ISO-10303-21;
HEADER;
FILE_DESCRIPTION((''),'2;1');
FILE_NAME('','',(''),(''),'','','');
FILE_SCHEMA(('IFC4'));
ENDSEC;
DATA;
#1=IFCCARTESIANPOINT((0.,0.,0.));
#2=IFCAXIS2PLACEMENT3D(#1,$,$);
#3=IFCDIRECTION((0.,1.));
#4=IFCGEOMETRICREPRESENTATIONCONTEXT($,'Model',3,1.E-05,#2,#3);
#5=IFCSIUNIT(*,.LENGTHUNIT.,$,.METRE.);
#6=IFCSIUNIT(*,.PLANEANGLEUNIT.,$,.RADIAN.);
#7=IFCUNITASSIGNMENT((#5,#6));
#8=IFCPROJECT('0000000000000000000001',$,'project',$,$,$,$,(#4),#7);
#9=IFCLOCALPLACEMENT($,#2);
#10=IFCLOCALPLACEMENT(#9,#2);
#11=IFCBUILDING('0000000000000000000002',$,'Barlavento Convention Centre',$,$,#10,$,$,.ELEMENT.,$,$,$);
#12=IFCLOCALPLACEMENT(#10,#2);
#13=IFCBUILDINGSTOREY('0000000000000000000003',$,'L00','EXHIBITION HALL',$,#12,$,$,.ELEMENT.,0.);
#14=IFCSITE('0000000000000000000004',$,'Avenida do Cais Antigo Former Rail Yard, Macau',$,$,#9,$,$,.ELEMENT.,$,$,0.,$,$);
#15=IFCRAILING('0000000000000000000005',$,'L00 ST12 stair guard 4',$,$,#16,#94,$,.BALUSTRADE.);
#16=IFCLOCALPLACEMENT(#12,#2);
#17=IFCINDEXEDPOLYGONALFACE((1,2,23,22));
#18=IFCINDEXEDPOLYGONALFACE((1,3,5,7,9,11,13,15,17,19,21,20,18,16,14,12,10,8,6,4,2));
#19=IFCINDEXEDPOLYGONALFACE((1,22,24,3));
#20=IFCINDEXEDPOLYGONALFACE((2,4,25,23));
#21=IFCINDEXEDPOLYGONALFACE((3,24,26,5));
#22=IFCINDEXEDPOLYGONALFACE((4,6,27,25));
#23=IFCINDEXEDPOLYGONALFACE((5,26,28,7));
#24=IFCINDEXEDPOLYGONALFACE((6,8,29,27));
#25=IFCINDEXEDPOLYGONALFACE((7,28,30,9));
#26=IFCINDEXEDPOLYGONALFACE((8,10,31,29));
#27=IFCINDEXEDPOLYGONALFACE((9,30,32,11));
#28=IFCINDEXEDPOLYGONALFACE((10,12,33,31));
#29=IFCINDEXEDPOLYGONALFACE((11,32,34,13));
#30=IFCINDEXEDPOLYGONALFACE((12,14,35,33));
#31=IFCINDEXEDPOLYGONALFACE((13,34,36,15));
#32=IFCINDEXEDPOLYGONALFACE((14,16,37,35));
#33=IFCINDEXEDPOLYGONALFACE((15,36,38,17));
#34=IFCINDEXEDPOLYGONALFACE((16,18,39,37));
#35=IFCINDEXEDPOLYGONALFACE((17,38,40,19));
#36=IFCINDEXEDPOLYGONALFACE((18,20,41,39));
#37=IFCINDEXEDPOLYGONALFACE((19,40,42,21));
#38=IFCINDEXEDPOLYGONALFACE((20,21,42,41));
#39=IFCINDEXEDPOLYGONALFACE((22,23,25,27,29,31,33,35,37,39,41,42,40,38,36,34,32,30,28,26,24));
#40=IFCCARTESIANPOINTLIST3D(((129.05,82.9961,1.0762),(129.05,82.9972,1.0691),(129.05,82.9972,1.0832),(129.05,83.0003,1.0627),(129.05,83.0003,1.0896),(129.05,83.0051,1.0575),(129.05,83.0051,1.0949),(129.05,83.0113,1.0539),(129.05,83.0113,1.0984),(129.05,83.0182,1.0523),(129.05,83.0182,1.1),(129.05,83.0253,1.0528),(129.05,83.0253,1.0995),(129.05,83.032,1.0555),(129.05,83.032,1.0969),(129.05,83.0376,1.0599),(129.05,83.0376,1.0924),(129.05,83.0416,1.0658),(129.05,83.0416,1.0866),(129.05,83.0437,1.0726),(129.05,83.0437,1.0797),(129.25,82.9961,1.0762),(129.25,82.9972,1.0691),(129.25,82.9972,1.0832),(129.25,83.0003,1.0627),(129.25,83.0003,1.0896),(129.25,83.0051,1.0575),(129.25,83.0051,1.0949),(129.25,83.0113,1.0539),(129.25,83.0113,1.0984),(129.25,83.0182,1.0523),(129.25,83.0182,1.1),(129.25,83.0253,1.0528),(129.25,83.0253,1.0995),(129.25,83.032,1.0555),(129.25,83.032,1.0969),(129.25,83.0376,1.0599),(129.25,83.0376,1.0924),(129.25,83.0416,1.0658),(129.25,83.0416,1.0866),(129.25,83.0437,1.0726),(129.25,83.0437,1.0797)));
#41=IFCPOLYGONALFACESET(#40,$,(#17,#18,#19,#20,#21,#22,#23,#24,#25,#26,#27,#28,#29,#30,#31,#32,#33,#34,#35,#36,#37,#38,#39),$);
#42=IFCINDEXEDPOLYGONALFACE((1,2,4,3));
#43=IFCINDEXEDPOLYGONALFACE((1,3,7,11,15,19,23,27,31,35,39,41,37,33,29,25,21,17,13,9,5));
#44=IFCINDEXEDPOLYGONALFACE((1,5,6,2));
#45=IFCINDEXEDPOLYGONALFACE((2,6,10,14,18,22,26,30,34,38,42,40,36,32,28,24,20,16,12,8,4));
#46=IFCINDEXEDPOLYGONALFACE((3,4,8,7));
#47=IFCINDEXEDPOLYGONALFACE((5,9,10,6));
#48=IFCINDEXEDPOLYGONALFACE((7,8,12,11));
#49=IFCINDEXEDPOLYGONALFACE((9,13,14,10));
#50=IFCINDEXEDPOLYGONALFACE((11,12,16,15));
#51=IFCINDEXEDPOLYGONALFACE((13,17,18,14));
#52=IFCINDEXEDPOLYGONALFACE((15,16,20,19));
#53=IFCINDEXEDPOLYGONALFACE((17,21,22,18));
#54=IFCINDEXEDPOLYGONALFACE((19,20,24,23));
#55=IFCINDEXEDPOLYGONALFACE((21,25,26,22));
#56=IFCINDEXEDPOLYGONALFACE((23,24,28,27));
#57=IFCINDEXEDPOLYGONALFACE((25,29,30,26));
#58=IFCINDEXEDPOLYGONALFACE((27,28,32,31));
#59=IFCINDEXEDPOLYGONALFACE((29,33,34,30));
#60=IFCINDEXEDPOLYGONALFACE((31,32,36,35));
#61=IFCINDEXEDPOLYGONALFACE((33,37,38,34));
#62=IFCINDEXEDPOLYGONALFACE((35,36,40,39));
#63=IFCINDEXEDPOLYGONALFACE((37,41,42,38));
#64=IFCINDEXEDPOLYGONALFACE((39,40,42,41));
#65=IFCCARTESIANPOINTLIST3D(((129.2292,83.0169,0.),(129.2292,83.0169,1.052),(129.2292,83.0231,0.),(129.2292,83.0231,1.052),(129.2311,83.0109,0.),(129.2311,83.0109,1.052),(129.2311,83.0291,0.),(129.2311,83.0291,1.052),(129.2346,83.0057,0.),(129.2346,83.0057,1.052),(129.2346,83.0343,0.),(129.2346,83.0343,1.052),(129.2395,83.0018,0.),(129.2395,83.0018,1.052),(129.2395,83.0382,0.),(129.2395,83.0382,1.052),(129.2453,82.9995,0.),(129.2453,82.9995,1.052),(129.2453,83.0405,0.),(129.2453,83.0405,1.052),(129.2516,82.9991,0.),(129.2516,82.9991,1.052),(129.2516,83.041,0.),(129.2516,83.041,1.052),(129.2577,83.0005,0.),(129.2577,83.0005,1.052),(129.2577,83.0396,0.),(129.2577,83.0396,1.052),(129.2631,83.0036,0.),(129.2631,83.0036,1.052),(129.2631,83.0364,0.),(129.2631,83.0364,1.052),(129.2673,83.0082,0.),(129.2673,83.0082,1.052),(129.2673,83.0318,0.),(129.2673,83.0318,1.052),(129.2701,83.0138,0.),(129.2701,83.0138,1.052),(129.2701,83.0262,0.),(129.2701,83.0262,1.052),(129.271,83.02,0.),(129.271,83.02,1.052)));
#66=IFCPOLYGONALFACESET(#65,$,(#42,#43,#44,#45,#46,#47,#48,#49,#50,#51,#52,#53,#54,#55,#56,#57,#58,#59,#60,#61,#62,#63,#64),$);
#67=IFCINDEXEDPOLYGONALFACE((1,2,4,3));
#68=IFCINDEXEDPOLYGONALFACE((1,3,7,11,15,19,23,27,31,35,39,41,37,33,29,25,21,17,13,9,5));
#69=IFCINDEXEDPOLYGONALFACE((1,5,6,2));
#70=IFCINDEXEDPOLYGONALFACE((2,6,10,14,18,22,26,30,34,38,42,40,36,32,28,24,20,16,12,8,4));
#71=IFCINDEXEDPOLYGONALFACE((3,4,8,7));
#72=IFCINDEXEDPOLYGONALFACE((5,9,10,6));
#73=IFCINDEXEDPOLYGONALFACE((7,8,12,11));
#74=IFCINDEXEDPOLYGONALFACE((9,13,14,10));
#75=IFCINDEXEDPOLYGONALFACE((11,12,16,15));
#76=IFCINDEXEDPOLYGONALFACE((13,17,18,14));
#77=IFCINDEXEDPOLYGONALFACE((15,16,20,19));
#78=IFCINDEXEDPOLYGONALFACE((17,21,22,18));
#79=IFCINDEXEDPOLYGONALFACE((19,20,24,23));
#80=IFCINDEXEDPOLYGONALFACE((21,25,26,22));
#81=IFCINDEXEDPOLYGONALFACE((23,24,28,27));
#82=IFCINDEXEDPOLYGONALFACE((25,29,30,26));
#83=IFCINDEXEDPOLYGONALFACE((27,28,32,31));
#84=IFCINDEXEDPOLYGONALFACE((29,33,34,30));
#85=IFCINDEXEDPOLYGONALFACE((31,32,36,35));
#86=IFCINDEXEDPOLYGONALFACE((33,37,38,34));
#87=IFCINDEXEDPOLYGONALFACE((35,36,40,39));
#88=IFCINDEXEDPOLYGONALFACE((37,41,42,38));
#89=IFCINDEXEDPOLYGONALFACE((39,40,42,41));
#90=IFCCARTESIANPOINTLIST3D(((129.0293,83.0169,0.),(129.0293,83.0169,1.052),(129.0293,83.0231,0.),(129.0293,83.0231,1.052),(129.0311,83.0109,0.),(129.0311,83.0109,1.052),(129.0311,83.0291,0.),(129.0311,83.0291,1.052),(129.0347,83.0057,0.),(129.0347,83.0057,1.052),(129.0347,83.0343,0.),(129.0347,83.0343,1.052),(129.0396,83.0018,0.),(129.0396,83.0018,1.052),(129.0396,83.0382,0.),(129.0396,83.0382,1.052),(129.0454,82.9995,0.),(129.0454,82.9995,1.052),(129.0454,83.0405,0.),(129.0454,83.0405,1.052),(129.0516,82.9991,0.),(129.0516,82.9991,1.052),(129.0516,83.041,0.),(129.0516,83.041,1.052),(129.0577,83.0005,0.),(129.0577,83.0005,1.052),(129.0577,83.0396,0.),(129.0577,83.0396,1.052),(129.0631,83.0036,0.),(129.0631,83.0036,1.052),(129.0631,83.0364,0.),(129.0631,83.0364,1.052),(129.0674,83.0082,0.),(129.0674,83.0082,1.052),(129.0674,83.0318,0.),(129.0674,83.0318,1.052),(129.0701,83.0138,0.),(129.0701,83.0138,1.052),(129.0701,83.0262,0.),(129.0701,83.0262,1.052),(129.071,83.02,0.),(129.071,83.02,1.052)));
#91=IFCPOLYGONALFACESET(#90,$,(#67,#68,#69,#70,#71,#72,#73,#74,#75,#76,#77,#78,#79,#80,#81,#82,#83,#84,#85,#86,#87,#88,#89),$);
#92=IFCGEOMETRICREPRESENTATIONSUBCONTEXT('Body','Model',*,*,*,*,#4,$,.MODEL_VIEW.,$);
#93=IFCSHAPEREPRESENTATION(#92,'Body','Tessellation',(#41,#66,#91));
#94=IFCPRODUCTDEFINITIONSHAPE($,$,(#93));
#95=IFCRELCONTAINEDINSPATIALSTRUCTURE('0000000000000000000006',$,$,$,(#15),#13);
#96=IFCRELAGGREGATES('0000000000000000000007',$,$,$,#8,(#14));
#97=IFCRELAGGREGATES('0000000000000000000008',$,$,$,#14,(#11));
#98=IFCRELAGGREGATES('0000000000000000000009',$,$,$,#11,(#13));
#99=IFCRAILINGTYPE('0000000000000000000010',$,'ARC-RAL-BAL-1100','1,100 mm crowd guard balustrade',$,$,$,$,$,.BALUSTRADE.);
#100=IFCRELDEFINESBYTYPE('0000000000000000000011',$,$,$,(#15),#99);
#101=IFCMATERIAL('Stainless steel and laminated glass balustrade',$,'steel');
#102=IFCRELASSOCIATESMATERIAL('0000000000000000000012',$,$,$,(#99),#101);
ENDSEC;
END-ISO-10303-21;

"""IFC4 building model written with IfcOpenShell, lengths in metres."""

from ifc_helpers import new_model, si_unit, direction, frame, origin, origin_2d, place, context, subcontext, project, spatial, circle, extrude, material, type_object, element, save


model = new_model("IFC4")

# Units and contexts
model_context = context("Model", 3, precision=1e-05, world=origin(), true_north=direction((0.0, 1.0)))
body_context = subcontext(model_context, "Body", "Model", "MODEL_VIEW")
ifc_project = project(units=[si_unit("LENGTHUNIT", "METRE"), si_unit("PLANEANGLEUNIT", "RADIAN")], contexts=[model_context])

# Site, building, storey
site_placement = place(None, origin())
site = spatial("IfcSite", under=ifc_project, at=site_placement, Name="Avenida do Cais Antigo Former Rail Yard, Macau", CompositionType="ELEMENT", RefElevation=0.0)
building_placement = place(site_placement, origin())
building = spatial("IfcBuilding", under=site, at=building_placement, Name="Barlavento Convention Centre", CompositionType="ELEMENT")
storey_placement = place(building_placement, origin())
storey = spatial("IfcBuildingStorey", under=building, at=storey_placement, Name="L00", Description="EXHIBITION HALL", CompositionType="ELEMENT", Elevation=0.0)

# Railing
ifc_material_1 = material(Name="Stainless steel and laminated glass balustrade", Category="steel")
railing_type = type_object("IfcRailingType", Name="ARC-RAL-BAL-1100", Description="1,100 mm crowd guard balustrade", PredefinedType="BALUSTRADE", material=ifc_material_1)
railing_1_placement = place(storey_placement, frame((129.25, 83.02, 0.0)))
element("IfcRailing", 1, at=railing_1_placement, inside=storey, type_object=railing_type, Name="L00 ST12 stair guard 4", PredefinedType="BALUSTRADE", context=body_context, shape_type="SweptSolid", body=[
    extrude(circle(Radius=0.0239, at=origin_2d()), frame((0.0, 0.0, 1.0762), z_axis=(-1.0, 0.0, 0.0), x_axis=(0.0, -1.0, 0.0)), (0.0, 0.0, 1.0), 0.2),
    extrude(circle(Radius=0.021, at=origin_2d()), origin(), (0.0, 0.0, 1.0), 1.052),
    extrude(circle(Radius=0.021, at=origin_2d()), frame((-0.2, 0.0, 0.0)), (0.0, 0.0, 1.0), 1.052),
])

save(model, "model.ifc")
